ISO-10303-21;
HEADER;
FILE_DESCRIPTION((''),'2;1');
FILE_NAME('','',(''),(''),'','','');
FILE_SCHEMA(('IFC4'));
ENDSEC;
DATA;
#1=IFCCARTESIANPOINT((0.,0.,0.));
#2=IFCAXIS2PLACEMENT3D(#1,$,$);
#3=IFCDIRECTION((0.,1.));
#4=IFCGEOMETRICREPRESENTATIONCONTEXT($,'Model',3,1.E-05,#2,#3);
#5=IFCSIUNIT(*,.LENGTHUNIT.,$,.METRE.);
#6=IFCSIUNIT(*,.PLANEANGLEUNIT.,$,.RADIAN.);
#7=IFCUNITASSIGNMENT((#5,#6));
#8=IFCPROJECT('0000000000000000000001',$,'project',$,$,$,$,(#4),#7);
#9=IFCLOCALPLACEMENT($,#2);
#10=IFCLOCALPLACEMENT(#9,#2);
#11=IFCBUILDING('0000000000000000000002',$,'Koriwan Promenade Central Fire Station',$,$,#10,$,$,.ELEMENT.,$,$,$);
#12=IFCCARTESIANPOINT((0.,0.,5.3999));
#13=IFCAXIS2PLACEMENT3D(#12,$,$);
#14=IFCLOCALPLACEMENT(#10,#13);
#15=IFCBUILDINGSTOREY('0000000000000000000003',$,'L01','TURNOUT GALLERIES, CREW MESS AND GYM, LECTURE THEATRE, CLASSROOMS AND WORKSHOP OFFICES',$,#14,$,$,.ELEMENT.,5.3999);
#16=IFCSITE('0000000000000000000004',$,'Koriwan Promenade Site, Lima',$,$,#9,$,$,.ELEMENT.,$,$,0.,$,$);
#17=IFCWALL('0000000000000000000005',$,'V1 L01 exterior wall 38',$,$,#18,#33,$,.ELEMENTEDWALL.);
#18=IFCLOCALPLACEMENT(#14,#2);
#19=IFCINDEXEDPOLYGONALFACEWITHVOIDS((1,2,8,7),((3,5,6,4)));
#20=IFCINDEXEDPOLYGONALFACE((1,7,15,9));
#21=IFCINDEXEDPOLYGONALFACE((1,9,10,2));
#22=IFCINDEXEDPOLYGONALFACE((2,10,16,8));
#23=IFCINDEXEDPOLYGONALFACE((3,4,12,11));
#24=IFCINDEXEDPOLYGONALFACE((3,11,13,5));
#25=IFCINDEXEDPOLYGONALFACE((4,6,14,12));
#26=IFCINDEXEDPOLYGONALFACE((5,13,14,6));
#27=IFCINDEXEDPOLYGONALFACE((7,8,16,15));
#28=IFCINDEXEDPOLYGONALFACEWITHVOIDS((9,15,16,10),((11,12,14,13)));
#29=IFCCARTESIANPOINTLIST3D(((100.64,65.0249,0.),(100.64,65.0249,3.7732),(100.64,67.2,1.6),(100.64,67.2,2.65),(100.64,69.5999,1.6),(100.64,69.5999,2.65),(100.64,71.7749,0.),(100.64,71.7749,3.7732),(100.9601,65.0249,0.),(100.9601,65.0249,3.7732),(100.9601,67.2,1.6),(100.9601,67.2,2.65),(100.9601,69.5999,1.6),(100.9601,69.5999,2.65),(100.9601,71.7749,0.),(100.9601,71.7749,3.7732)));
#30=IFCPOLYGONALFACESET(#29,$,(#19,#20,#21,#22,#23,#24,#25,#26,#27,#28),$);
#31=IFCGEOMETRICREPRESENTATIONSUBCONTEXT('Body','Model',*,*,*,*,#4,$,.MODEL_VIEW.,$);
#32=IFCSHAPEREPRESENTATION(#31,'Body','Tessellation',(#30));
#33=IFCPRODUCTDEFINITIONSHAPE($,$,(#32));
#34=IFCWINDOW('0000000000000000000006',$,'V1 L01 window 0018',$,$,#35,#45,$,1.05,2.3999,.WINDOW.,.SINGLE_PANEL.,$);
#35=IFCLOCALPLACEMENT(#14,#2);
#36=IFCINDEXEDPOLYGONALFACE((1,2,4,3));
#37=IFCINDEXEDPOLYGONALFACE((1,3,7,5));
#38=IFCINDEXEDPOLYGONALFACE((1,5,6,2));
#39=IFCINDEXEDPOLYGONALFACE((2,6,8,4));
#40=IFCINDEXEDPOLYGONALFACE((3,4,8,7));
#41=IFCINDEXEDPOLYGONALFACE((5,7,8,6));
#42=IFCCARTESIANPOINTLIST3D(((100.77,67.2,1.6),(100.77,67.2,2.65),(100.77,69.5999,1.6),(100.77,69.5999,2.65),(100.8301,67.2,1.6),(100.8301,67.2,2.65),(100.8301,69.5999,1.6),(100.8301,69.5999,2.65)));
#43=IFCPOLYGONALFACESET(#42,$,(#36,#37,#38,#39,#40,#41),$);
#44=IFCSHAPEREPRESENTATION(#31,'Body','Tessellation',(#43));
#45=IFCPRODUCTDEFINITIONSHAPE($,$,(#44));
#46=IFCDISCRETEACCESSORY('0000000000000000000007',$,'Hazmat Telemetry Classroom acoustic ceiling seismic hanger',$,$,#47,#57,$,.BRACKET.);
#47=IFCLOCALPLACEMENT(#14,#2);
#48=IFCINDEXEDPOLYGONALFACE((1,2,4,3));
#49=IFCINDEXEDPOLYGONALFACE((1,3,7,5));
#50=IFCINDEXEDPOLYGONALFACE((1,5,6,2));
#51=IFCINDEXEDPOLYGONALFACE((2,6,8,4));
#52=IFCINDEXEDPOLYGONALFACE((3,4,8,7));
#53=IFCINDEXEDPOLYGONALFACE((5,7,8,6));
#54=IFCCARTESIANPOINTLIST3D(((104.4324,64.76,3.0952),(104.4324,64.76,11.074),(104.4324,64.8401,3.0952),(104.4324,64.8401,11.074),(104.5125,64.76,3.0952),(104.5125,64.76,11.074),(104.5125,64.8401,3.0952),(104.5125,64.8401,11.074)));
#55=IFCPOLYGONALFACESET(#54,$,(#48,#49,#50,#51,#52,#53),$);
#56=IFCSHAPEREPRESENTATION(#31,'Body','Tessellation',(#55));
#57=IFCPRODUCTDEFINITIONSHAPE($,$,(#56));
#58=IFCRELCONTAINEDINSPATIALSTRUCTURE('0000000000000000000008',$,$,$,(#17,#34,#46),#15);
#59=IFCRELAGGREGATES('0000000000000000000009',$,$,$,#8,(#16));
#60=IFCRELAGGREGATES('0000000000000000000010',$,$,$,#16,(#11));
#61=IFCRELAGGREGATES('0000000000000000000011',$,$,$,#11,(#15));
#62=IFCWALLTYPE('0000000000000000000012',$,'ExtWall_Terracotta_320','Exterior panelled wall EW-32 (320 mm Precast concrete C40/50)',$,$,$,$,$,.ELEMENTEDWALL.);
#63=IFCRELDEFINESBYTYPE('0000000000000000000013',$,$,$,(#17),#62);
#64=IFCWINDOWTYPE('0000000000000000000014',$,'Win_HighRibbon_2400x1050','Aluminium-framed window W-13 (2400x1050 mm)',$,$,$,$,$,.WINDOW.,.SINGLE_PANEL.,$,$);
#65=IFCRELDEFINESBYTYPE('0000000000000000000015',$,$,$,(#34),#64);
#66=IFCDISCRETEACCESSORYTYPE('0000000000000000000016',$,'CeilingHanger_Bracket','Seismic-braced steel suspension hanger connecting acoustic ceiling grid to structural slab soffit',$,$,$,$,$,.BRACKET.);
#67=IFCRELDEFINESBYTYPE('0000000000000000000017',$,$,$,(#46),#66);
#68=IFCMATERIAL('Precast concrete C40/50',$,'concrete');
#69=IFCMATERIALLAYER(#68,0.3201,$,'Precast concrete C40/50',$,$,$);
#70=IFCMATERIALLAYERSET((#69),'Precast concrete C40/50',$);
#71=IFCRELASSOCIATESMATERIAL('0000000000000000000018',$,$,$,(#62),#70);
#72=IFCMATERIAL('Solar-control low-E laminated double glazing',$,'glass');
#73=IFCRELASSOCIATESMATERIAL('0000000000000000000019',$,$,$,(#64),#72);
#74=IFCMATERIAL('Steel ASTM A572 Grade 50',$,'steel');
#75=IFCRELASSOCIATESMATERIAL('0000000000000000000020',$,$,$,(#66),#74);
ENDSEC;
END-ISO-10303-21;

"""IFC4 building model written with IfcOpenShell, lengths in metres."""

from ifc_helpers import new_model, si_unit, direction, frame, frame_2d, origin, origin_2d, place, context, subcontext, project, spatial, rectangle, extrude, material, layer, layer_set, type_object, element, fill, save


model = new_model("IFC4")

# Units and contexts
model_context = context("Model", 3, precision=1e-05, world=origin(), true_north=direction((0.0, 1.0)))
body_context = subcontext(model_context, "Body", "Model", "MODEL_VIEW")
ifc_project = project(units=[si_unit("LENGTHUNIT", "METRE"), si_unit("PLANEANGLEUNIT", "RADIAN")], contexts=[model_context])

# Site, building, storey
site_placement = place(None, origin())
site = spatial("IfcSite", under=ifc_project, at=site_placement, Name="Koriwan Promenade Site, Lima", CompositionType="ELEMENT", RefElevation=0.0)
building_placement = place(site_placement, origin())
building = spatial("IfcBuilding", under=site, at=building_placement, Name="Koriwan Promenade Central Fire Station", CompositionType="ELEMENT")
storey_placement = place(building_placement, frame((0.0, 0.0, 5.3999)))
storey = spatial("IfcBuildingStorey", under=building, at=storey_placement, Name="L01", Description="TURNOUT GALLERIES, CREW MESS AND GYM, LECTURE THEATRE, CLASSROOMS AND WORKSHOP OFFICES", CompositionType="ELEMENT", Elevation=5.3999)

# Shared definitions
ifc_material_1 = material(Name="Steel ASTM A572 Grade 50", Category="steel")

# Wall, opening, window
ifc_material_2 = material(Name="Precast concrete C40/50", Category="concrete")
ifc_layer_1 = layer(ifc_material_2, 0.3201, Name="Precast concrete C40/50")
ifc_layer_set_1 = layer_set([ifc_layer_1], Name="Precast concrete C40/50")
wall_type = type_object("IfcWallType", Name="ExtWall_Terracotta_320", Description="Exterior panelled wall EW-32 (320 mm Precast concrete C40/50)", PredefinedType="ELEMENTEDWALL", material=ifc_layer_set_1)
wall_placement = place(storey_placement, frame((100.8, 65.0249, 0.0), z_axis=(0.0, 0.0, 1.0), x_axis=(0.0, 1.0, 0.0)))
wall = element("IfcWall", 1, at=wall_placement, inside=storey, type_object=wall_type, Name="V1 L01 exterior wall 38", PredefinedType="ELEMENTEDWALL", context=body_context, shape_type="SweptSolid", body=[
    extrude(rectangle(XDim=6.75, YDim=0.3201, at=frame_2d((3.375, 0.0))), origin(), (0.0, 0.0, 1.0), 3.7732),
])
opening_placement = place(wall_placement, frame((2.175, 0.0, 1.6001)))
opening = element("IfcOpeningElement", 2, at=opening_placement, cuts=wall, PredefinedType="OPENING", context=body_context, shape_type="SweptSolid", body=[
    extrude(rectangle(XDim=2.3999, YDim=1.05, at=frame_2d((1.2, 0.5249))), frame((0.0, 0.1719, 0.0), z_axis=(0.0, -1.0, 0.0), x_axis=(1.0, 0.0, 0.0)), (0.0, 0.0, 1.0), 0.344),
])
ifc_material_3 = material(Name="Solar-control low-E laminated double glazing", Category="glass")
window_type = type_object("IfcWindowType", Name="Win_HighRibbon_2400x1050", Description="Aluminium-framed window W-13 (2400x1050 mm)", PartitioningType="SINGLE_PANEL", PredefinedType="WINDOW", material=ifc_material_3)
window_placement = place(opening_placement, origin())
window = element("IfcWindow", 3, at=window_placement, inside=storey, type_object=window_type, Name="V1 L01 window 0018", OverallHeight=1.05, OverallWidth=2.3999, PartitioningType="SINGLE_PANEL", PredefinedType="WINDOW", context=body_context, shape_type="SweptSolid", body=[
    extrude(rectangle(XDim=2.3999, YDim=1.05, at=frame_2d((1.2, 0.5249))), frame((0.0, 0.03, 0.0), z_axis=(0.0, -1.0, 0.0), x_axis=(1.0, 0.0, 0.0)), (0.0, 0.0, 1.0), 0.0601),
])
fill(opening, window)

# Discrete accessory
discrete_accessory_type = type_object("IfcDiscreteAccessoryType", Name="CeilingHanger_Bracket", Description="Seismic-braced steel suspension hanger connecting acoustic ceiling grid to structural slab soffit", PredefinedType="BRACKET", material=ifc_material_1)
discrete_accessory_placement = place(storey_placement, frame((104.4724, 64.8, 3.0952), z_axis=(0.0, 0.0, 1.0), x_axis=(1.0, 0.0, 0.0)))
element("IfcDiscreteAccessory", 4, at=discrete_accessory_placement, inside=storey, type_object=discrete_accessory_type, Name="Hazmat Telemetry Classroom acoustic ceiling seismic hanger", PredefinedType="BRACKET", context=body_context, shape_type="SweptSolid", body=[
    extrude(rectangle(XDim=0.0801, YDim=0.0801, at=origin_2d()), origin(), (0.0, 0.0, 1.0), 7.9788),
])

save(model, "model.ifc")
